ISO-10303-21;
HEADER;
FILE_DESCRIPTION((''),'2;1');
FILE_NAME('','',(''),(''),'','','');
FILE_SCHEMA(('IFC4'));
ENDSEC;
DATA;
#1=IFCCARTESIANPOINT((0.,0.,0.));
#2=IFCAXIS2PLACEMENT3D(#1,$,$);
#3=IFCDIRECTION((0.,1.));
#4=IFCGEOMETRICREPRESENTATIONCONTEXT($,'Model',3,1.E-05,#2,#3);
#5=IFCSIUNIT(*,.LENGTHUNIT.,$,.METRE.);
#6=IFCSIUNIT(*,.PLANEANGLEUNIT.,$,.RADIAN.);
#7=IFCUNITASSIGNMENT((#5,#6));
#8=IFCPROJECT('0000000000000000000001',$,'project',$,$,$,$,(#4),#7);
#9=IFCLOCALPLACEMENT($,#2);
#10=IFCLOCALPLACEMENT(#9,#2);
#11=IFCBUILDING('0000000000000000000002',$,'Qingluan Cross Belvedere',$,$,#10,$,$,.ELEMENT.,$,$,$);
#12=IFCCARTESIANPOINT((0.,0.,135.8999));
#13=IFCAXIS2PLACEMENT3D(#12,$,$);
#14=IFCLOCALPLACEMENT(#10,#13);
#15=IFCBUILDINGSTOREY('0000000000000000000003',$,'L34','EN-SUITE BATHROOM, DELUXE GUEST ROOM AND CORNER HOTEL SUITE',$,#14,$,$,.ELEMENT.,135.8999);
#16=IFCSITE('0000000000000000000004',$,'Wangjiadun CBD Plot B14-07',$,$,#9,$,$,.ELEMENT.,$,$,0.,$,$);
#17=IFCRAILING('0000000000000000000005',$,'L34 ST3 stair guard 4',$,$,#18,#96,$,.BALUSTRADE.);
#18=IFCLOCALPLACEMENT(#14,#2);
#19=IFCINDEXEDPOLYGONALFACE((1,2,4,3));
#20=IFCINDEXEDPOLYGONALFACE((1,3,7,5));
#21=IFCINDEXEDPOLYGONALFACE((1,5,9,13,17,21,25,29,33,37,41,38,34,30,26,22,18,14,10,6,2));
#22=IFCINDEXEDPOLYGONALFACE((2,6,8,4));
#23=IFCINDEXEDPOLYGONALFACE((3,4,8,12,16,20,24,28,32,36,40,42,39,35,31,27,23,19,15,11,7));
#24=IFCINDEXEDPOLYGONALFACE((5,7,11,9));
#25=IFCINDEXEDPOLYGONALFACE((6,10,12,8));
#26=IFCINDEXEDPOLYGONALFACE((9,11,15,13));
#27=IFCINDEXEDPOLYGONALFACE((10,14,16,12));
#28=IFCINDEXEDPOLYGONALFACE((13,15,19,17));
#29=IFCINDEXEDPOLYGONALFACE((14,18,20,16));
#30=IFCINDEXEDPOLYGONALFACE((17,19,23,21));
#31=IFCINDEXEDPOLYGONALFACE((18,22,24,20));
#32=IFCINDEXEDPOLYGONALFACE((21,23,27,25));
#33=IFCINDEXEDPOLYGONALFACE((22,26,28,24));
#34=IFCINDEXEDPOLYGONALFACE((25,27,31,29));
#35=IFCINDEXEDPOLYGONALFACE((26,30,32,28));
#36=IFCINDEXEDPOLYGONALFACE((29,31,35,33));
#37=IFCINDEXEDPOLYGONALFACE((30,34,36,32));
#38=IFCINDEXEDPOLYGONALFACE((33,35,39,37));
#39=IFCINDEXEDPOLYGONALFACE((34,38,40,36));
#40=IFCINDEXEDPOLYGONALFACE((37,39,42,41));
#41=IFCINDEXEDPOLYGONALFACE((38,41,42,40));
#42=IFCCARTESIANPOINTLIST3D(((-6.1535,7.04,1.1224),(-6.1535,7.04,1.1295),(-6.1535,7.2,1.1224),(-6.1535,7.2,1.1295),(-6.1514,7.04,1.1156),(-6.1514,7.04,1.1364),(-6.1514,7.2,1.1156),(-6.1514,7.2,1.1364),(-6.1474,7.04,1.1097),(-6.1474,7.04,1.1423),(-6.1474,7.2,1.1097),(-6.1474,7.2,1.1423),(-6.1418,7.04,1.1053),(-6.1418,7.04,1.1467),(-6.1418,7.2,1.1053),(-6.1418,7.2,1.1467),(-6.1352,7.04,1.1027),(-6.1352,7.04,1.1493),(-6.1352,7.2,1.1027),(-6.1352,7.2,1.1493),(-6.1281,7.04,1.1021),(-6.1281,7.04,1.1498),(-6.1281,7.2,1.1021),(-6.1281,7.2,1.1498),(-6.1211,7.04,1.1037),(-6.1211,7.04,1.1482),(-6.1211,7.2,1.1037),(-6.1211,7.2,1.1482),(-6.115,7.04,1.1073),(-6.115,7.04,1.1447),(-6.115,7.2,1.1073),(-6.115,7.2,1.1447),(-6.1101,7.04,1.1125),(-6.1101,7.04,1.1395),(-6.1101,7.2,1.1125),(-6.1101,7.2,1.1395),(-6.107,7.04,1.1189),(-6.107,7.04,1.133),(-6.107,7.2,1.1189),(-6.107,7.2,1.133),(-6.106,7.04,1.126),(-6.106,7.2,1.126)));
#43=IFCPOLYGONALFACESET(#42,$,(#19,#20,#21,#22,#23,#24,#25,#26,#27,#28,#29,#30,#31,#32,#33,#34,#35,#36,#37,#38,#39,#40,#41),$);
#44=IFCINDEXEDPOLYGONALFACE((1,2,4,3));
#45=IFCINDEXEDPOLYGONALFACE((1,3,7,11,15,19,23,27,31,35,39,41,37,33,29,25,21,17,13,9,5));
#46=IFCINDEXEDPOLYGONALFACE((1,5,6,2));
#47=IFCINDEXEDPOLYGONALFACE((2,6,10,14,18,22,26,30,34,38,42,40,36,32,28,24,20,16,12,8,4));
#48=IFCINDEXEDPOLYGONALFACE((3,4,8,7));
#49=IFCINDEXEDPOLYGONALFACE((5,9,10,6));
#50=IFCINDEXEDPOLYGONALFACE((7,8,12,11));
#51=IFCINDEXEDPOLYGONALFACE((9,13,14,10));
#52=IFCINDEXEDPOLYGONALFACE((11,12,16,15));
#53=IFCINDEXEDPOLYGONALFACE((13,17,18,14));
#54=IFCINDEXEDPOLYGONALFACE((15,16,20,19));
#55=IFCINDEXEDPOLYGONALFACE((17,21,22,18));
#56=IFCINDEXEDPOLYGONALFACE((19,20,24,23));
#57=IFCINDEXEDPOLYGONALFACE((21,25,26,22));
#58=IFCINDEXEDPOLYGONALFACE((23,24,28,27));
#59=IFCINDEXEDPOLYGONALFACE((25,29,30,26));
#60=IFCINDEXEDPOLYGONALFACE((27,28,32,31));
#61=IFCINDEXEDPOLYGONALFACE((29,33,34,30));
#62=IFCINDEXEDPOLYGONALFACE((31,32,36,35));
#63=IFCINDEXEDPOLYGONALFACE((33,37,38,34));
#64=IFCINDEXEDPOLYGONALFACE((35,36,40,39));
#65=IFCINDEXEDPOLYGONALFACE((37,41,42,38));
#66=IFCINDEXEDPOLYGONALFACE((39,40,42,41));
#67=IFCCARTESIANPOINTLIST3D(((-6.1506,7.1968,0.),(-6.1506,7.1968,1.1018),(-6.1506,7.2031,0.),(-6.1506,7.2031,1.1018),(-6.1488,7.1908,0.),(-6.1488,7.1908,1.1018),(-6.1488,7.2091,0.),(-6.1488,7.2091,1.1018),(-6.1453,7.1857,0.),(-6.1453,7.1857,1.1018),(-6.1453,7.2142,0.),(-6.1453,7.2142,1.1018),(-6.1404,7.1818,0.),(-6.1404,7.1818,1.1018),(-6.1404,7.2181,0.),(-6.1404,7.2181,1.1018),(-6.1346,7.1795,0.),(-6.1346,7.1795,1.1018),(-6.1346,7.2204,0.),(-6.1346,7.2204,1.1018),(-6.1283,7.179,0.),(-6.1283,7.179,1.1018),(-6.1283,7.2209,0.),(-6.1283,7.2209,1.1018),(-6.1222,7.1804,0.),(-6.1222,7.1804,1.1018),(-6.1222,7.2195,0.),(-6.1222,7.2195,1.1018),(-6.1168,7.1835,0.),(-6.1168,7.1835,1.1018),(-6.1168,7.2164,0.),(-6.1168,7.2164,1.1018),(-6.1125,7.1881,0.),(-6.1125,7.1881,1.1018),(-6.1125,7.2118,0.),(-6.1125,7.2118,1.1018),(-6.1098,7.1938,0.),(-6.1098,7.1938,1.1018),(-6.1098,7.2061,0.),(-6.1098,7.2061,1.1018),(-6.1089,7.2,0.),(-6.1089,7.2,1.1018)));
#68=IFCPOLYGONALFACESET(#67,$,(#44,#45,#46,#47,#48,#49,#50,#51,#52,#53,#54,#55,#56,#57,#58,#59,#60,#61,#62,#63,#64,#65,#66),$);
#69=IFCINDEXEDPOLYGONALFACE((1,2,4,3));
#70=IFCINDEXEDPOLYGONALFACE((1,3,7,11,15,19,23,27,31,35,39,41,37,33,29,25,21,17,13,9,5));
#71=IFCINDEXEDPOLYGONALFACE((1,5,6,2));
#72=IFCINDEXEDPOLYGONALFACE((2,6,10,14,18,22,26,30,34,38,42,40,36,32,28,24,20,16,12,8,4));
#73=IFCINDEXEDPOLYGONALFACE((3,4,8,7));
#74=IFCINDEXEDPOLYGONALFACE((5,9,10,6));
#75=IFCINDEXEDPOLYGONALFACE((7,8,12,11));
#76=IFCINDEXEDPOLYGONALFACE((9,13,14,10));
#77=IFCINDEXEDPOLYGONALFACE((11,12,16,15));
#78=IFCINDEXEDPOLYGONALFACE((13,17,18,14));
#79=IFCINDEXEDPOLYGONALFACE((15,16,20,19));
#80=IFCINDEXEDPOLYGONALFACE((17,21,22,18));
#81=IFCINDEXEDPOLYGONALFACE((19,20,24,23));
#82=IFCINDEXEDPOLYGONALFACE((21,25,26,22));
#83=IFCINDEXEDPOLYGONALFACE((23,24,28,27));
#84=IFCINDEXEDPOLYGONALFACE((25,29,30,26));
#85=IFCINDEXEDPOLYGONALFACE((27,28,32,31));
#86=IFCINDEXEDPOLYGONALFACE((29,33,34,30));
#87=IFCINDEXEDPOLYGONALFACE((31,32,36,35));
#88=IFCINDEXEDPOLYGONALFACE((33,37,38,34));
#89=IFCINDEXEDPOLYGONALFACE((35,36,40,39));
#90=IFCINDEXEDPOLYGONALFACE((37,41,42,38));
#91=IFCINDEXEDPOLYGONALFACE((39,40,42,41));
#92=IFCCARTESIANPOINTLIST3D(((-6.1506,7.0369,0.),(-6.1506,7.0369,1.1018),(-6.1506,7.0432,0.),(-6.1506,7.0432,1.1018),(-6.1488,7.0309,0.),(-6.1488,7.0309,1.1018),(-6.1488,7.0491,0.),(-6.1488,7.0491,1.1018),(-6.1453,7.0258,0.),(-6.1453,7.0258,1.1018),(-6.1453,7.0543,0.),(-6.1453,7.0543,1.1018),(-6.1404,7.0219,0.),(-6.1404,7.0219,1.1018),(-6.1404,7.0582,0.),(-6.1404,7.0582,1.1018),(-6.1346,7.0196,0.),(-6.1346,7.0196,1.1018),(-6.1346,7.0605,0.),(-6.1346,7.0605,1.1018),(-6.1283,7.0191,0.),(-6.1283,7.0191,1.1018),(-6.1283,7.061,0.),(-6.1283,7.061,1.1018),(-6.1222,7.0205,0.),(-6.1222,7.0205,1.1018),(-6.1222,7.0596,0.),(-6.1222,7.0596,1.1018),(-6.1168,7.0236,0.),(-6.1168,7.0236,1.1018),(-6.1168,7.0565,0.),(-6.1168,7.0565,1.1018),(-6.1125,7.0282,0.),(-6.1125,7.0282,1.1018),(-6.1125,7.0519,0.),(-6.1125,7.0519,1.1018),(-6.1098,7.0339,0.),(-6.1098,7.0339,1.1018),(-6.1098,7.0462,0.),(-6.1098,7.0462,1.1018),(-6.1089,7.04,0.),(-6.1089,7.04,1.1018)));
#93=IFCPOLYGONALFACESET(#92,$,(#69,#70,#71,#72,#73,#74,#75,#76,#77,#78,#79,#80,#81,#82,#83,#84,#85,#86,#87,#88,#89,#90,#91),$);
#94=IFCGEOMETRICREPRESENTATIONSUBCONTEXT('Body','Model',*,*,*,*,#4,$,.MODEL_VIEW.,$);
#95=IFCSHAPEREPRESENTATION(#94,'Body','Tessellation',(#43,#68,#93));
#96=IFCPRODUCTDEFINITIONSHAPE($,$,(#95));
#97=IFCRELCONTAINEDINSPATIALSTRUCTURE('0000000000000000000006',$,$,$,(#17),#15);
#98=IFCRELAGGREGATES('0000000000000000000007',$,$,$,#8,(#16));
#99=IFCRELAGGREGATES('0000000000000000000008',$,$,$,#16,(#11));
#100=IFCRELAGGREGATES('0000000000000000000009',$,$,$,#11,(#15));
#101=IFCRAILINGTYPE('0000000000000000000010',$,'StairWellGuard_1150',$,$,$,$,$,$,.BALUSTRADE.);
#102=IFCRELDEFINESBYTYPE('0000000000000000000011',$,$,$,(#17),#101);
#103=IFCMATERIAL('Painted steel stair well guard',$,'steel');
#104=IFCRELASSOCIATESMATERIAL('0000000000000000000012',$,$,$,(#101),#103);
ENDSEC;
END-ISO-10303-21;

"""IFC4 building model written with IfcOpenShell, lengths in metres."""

from ifc_helpers import new_model, si_unit, direction, frame, origin, origin_2d, place, context, subcontext, project, spatial, circle, extrude, material, type_object, element, save


model = new_model("IFC4")

# Units and contexts
model_context = context("Model", 3, precision=1e-05, world=origin(), true_north=direction((0.0, 1.0)))
body_context = subcontext(model_context, "Body", "Model", "MODEL_VIEW")
ifc_project = project(units=[si_unit("LENGTHUNIT", "METRE"), si_unit("PLANEANGLEUNIT", "RADIAN")], contexts=[model_context])

# Site, building, storey
site_placement = place(None, origin())
site = spatial("IfcSite", under=ifc_project, at=site_placement, Name="Wangjiadun CBD Plot B14-07", CompositionType="ELEMENT", RefElevation=0.0)
building_placement = place(site_placement, origin())
building = spatial("IfcBuilding", under=site, at=building_placement, Name="Qingluan Cross Belvedere", CompositionType="ELEMENT")
storey_placement = place(building_placement, frame((0.0, 0.0, 135.8999)))
storey = spatial("IfcBuildingStorey", under=building, at=storey_placement, Name="L34", Description="EN-SUITE BATHROOM, DELUXE GUEST ROOM AND CORNER HOTEL SUITE", CompositionType="ELEMENT", Elevation=135.8999)

# Railing
ifc_material_1 = material(Name="Painted steel stair well guard", Category="steel")
railing_type_1 = type_object("IfcRailingType", Name="StairWellGuard_1150", PredefinedType="BALUSTRADE", material=ifc_material_1)
railing_1_placement = place(storey_placement, frame((-6.1299, 7.2, 0.0)))
element("IfcRailing", 1, at=railing_1_placement, inside=storey, type_object=railing_type_1, Name="L34 ST3 stair guard 4", PredefinedType="BALUSTRADE", context=body_context, shape_type="SweptSolid", body=[
    extrude(circle(Radius=0.0239, at=origin_2d()), frame((0.0, 0.0, 1.126), z_axis=(0.0, -1.0, 0.0), x_axis=(1.0, 0.0, 0.0)), (0.0, 0.0, 1.0), 0.1599),
    extrude(circle(Radius=0.021, at=origin_2d()), origin(), (0.0, 0.0, 1.0), 1.1018),
    extrude(circle(Radius=0.021, at=origin_2d()), frame((0.0, -0.1599, 0.0)), (0.0, 0.0, 1.0), 1.1018),
])

save(model, "model.ifc")
